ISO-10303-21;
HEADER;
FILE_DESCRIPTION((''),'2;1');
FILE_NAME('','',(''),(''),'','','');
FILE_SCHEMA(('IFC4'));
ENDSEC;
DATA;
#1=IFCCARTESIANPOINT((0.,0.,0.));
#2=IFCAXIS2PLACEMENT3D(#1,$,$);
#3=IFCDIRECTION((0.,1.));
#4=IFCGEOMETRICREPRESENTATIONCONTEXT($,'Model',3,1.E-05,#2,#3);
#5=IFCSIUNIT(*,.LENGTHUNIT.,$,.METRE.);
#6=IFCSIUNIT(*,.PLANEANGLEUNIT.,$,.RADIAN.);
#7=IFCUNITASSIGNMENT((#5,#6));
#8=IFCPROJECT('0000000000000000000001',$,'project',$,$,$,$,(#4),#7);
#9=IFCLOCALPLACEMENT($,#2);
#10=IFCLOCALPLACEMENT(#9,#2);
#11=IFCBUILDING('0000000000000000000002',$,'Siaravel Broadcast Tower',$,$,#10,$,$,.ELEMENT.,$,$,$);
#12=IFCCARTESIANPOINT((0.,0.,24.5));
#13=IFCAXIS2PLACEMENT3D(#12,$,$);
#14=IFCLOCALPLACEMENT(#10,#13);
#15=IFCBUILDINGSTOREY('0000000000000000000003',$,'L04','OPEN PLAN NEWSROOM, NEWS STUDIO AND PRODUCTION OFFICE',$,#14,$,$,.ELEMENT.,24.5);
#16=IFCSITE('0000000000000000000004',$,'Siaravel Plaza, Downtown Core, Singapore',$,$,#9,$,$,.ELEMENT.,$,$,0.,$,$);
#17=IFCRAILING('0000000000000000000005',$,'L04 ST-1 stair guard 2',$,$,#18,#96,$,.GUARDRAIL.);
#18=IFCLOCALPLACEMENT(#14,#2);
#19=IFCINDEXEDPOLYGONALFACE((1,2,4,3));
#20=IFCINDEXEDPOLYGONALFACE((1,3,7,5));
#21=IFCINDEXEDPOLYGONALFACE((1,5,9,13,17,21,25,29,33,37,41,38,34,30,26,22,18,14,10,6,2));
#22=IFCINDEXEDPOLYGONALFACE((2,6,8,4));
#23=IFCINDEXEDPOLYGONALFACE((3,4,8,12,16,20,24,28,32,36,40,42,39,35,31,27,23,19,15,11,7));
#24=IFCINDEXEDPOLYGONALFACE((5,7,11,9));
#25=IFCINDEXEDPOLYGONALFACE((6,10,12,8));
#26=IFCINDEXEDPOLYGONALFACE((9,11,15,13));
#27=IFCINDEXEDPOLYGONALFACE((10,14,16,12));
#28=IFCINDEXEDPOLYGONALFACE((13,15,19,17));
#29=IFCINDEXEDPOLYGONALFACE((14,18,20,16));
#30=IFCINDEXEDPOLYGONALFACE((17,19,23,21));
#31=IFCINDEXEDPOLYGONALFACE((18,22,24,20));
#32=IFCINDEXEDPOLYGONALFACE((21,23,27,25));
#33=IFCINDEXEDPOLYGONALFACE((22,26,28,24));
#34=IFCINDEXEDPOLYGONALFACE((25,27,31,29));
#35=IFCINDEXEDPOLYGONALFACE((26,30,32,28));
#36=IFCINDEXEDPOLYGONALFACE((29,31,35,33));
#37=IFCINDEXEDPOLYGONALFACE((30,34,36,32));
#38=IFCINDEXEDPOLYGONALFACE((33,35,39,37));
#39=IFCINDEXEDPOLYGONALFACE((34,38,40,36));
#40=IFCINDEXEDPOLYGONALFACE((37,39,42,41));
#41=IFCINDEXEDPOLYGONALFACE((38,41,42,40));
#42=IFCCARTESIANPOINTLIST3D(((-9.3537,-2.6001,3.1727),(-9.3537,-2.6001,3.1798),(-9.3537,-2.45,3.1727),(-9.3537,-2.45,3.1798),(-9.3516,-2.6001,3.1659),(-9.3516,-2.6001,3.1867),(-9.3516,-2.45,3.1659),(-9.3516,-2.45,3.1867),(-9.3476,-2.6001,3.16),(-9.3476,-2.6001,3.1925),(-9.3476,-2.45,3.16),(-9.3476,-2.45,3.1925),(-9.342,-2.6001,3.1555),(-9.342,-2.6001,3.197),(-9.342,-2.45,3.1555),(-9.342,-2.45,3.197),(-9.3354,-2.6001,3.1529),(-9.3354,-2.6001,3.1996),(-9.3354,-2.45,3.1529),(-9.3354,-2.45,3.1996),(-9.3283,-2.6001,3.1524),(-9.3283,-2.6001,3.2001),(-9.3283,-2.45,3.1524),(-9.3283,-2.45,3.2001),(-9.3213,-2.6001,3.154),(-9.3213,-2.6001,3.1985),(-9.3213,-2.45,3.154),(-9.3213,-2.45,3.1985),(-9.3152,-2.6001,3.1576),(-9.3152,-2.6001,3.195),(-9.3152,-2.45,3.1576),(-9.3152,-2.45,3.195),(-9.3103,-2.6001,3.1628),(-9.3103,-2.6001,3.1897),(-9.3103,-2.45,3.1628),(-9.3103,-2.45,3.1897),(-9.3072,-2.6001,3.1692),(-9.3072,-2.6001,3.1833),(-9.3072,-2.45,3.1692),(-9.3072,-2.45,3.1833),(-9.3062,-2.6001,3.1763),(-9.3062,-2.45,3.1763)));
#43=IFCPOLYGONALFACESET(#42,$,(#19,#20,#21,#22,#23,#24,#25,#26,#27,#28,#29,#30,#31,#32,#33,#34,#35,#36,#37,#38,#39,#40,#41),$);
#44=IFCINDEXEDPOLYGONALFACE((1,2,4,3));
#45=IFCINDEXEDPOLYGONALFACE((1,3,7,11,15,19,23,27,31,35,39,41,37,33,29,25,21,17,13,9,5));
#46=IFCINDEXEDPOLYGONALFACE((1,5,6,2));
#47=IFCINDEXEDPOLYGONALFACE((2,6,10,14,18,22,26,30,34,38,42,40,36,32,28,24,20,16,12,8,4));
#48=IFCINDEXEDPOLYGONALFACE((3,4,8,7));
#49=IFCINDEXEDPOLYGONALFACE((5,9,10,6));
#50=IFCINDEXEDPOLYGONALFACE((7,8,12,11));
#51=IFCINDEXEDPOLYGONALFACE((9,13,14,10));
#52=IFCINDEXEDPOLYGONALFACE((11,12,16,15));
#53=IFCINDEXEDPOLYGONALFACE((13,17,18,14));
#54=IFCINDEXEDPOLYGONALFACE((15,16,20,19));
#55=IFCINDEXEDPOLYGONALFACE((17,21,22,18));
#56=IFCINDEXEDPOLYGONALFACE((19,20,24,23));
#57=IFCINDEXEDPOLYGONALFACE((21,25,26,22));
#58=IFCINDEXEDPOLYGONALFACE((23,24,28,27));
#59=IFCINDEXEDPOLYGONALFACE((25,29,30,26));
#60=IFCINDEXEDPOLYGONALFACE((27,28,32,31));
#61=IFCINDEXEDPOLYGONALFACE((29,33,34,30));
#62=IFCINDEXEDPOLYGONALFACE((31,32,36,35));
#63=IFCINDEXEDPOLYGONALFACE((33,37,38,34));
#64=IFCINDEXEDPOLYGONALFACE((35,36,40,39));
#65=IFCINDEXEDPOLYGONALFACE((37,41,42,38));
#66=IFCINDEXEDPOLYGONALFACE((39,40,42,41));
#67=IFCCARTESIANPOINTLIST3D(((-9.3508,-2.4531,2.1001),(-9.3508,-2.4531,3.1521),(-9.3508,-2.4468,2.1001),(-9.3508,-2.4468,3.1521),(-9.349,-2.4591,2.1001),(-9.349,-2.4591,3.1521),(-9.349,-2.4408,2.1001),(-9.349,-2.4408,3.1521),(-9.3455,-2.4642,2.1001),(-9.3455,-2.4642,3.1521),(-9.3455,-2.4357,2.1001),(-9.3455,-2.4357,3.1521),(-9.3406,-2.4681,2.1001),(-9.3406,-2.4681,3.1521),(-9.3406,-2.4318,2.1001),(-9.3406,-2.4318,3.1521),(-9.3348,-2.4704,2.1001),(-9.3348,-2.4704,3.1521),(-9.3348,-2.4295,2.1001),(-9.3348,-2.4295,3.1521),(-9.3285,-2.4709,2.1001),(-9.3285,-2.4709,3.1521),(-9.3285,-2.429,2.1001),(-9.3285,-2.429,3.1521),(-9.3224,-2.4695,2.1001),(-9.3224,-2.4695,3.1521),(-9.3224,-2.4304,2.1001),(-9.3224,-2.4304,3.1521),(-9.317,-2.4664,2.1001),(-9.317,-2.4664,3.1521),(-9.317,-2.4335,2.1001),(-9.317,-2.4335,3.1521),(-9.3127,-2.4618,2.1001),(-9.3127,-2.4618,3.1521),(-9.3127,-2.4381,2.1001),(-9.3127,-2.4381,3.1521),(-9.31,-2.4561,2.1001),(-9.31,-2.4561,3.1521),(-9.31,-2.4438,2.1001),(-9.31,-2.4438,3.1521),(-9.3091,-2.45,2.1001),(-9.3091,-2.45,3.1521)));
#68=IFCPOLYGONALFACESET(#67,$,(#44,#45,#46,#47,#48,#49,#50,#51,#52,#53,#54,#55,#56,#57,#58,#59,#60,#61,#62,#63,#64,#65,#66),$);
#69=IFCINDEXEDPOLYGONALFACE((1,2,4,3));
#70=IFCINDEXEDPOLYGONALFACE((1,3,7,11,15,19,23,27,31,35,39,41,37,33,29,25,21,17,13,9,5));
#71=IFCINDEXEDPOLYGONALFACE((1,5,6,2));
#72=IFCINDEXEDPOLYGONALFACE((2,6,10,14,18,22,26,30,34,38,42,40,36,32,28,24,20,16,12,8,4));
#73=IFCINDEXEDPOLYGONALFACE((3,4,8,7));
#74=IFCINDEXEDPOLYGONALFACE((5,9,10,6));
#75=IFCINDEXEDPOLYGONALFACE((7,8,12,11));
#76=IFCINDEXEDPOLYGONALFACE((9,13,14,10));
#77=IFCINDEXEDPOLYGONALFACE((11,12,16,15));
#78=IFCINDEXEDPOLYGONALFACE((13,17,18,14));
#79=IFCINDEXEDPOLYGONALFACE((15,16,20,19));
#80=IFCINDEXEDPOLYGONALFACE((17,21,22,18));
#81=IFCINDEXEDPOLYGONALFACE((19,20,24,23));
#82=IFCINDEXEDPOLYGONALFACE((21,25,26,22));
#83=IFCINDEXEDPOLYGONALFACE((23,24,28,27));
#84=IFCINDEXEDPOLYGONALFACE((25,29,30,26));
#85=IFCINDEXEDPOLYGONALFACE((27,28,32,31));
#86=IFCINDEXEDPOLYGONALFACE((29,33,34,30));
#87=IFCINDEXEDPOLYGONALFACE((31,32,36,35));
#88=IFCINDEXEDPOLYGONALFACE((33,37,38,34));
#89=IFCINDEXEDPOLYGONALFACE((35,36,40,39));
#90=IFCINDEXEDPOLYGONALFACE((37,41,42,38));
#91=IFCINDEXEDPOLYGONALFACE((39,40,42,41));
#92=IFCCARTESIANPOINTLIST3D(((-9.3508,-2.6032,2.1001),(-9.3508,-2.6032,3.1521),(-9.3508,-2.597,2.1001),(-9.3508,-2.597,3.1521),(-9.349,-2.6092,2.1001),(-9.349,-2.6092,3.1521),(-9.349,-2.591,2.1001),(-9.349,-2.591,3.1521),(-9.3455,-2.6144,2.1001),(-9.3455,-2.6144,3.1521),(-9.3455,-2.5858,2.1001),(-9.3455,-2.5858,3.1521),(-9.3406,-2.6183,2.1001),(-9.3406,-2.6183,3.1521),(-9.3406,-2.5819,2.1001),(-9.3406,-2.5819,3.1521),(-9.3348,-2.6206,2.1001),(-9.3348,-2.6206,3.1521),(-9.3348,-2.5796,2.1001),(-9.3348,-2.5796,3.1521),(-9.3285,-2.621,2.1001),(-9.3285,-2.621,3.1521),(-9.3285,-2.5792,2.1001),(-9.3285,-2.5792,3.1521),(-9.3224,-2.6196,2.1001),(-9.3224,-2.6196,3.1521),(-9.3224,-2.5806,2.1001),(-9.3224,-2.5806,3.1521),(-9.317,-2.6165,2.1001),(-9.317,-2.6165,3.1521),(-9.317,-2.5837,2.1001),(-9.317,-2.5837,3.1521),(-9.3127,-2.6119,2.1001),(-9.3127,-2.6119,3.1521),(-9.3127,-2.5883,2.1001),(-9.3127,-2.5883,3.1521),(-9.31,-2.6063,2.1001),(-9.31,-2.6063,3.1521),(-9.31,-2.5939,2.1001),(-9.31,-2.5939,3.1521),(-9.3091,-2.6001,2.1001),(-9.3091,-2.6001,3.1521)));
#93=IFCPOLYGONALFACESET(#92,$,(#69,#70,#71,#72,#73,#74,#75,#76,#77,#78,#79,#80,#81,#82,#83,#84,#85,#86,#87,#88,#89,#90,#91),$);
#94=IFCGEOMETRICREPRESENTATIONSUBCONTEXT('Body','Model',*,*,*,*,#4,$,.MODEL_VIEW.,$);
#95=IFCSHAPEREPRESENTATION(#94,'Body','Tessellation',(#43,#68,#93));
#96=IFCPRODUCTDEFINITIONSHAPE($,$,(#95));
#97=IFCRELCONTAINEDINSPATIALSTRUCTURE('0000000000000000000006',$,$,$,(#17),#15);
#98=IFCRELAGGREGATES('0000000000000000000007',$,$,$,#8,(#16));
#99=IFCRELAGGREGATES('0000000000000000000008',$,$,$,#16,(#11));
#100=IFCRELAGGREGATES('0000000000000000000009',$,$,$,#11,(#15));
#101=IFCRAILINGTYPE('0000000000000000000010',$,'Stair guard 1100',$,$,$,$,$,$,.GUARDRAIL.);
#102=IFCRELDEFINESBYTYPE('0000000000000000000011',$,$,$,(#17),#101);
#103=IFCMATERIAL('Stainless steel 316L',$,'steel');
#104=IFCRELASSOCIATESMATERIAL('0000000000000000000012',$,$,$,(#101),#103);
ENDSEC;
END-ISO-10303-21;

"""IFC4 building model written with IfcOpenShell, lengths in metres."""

from ifc_helpers import new_model, si_unit, direction, frame, origin, origin_2d, place, context, subcontext, project, spatial, circle, extrude, material, type_object, element, save


model = new_model("IFC4")

# Units and contexts
model_context = context("Model", 3, precision=1e-05, world=origin(), true_north=direction((0.0, 1.0)))
body_context = subcontext(model_context, "Body", "Model", "MODEL_VIEW")
ifc_project = project(units=[si_unit("LENGTHUNIT", "METRE"), si_unit("PLANEANGLEUNIT", "RADIAN")], contexts=[model_context])

# Site, building, storey
site_placement = place(None, origin())
site = spatial("IfcSite", under=ifc_project, at=site_placement, Name="Siaravel Plaza, Downtown Core, Singapore", CompositionType="ELEMENT", RefElevation=0.0)
building_placement = place(site_placement, origin())
building = spatial("IfcBuilding", under=site, at=building_placement, Name="Siaravel Broadcast Tower", CompositionType="ELEMENT")
storey_placement = place(building_placement, frame((0.0, 0.0, 24.5)))
storey = spatial("IfcBuildingStorey", under=building, at=storey_placement, Name="L04", Description="OPEN PLAN NEWSROOM, NEWS STUDIO AND PRODUCTION OFFICE", CompositionType="ELEMENT", Elevation=24.5)

# Railing
ifc_material_1 = material(Name="Stainless steel 316L", Category="steel")
railing_type_1 = type_object("IfcRailingType", Name="Stair guard 1100", PredefinedType="GUARDRAIL", material=ifc_material_1)
railing_1_placement = place(storey_placement, frame((-9.3301, -2.45, 2.1001)))
element("IfcRailing", 1, at=railing_1_placement, inside=storey, type_object=railing_type_1, Name="L04 ST-1 stair guard 2", PredefinedType="GUARDRAIL", context=body_context, shape_type="SweptSolid", body=[
    extrude(circle(Radius=0.0239, at=origin_2d()), frame((0.0, 0.0, 1.0762), z_axis=(0.0, -1.0, 0.0), x_axis=(1.0, 0.0, 0.0)), (0.0, 0.0, 1.0), 0.1501),
    extrude(circle(Radius=0.021, at=origin_2d()), origin(), (0.0, 0.0, 1.0), 1.052),
    extrude(circle(Radius=0.021, at=origin_2d()), frame((0.0, -0.1501, 0.0)), (0.0, 0.0, 1.0), 1.052),
])

save(model, "model.ifc")
